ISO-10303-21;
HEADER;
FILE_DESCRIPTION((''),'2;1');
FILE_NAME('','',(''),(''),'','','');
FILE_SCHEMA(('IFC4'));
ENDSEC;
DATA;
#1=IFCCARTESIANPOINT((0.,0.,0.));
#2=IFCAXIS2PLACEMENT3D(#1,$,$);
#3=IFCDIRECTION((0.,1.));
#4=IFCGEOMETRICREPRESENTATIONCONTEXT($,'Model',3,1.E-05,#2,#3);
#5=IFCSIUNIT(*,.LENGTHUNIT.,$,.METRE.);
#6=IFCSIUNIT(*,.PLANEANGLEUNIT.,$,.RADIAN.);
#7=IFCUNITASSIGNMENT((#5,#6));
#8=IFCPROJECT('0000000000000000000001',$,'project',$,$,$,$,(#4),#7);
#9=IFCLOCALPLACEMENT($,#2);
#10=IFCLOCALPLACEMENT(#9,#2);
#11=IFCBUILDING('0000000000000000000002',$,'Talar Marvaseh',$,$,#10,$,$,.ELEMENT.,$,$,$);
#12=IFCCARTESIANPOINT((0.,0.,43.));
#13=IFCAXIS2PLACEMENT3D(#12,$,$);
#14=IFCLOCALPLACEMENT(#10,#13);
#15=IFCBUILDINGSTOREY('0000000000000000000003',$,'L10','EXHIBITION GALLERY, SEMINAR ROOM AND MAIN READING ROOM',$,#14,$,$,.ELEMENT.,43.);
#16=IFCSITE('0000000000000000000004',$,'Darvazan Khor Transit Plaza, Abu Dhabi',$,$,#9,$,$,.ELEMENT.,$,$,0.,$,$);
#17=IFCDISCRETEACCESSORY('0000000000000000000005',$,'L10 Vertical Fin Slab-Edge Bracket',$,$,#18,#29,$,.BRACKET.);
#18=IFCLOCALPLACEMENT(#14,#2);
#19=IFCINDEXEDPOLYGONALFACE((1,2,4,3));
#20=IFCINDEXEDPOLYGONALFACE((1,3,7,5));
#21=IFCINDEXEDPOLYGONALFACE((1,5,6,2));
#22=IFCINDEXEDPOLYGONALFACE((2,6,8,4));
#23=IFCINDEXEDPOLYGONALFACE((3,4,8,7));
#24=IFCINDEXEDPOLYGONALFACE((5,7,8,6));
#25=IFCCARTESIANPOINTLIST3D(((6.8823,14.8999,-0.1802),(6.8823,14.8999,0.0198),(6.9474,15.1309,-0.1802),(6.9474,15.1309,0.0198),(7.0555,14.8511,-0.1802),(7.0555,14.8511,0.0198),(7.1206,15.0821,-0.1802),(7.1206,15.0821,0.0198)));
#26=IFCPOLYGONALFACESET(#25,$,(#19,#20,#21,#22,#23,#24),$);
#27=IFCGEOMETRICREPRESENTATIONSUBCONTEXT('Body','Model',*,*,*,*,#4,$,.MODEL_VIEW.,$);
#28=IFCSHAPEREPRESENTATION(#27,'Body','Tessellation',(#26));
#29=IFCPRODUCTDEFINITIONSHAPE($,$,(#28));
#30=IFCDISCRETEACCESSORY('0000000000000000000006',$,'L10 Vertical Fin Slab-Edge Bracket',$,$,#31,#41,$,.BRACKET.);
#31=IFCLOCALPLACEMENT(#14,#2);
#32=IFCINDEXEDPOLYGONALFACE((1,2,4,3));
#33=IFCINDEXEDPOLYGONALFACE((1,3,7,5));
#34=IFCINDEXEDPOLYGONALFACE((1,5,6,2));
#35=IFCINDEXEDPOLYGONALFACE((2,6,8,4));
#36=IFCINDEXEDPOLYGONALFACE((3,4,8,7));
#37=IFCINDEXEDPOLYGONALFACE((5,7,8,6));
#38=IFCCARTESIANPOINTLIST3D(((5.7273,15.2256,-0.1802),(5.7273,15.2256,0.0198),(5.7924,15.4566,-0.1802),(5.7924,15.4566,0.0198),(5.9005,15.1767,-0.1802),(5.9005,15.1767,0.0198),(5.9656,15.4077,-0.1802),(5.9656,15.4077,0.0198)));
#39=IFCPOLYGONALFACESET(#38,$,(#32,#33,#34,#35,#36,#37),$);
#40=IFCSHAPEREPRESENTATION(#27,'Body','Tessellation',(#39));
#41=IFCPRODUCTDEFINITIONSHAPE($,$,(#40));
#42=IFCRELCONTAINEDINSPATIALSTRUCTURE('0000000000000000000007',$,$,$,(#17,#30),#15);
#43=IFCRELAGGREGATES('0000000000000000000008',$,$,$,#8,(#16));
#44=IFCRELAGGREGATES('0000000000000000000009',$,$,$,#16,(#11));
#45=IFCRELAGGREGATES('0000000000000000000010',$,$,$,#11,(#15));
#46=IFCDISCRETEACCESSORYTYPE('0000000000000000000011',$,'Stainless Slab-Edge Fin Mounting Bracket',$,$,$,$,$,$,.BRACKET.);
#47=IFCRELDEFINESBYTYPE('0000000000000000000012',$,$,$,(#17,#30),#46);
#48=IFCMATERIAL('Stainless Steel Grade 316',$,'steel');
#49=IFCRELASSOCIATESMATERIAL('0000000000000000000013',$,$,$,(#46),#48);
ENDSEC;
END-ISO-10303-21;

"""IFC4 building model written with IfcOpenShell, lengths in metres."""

from ifc_helpers import new_model, si_unit, direction, frame, origin, origin_2d, place, context, subcontext, project, spatial, rectangle, extrude, source, transform, mapped, material, type_object, type_shapes, element, save


model = new_model("IFC4")

# Units and contexts
model_context = context("Model", 3, precision=1e-05, world=origin(), true_north=direction((0.0, 1.0)))
body_context = subcontext(model_context, "Body", "Model", "MODEL_VIEW")
ifc_project = project(units=[si_unit("LENGTHUNIT", "METRE"), si_unit("PLANEANGLEUNIT", "RADIAN")], contexts=[model_context])

# Site, building, storey
site_placement = place(None, origin())
site = spatial("IfcSite", under=ifc_project, at=site_placement, Name="Darvazan Khor Transit Plaza, Abu Dhabi", CompositionType="ELEMENT", RefElevation=0.0)
building_placement = place(site_placement, origin())
building = spatial("IfcBuilding", under=site, at=building_placement, Name="Talar Marvaseh", CompositionType="ELEMENT")
storey_placement = place(building_placement, frame((0.0, 0.0, 43.0)))
storey = spatial("IfcBuildingStorey", under=building, at=storey_placement, Name="L10", Description="EXHIBITION GALLERY, SEMINAR ROOM AND MAIN READING ROOM", CompositionType="ELEMENT", Elevation=43.0)

# Discrete accessories
ifc_material_1 = material(Name="Stainless Steel Grade 316", Category="steel")
discrete_accessory_type = type_object("IfcDiscreteAccessoryType", Name="Stainless Slab-Edge Fin Mounting Bracket", PredefinedType="BRACKET", material=ifc_material_1)
shared_shape_1 = source(origin(), body_context, "Body", "SweptSolid", [
    extrude(rectangle(XDim=0.24, YDim=0.1799, at=origin_2d()), origin(), (0.0, 0.0, 1.0), 0.2),
])
type_shapes(discrete_accessory_type, [shared_shape_1])
for number, where, z_axis, x_axis, name in (
    (1, (7.0015, 14.991, -0.1802), (0.0, 0.0, 1.0), (-0.271272, -0.962503, 0.0), "L10 Vertical Fin Slab-Edge Bracket"),
    (2, (5.8464, 15.3167, -0.1802), (0.0, 0.0, 1.0), (-0.271272, -0.962503, 0.0), "L10 Vertical Fin Slab-Edge Bracket"),
):
    element("IfcDiscreteAccessory", number, at=place(storey_placement, frame(where, z_axis=z_axis, x_axis=x_axis)), inside=storey, type_object=discrete_accessory_type, Name=name, PredefinedType="BRACKET", context=body_context, shape_type="MappedRepresentation", body=[
        mapped(shared_shape_1, transform((0.0, 0.0, 0.0), x_axis=(1.0, 0.0, 0.0), y_axis=(0.0, 1.0, 0.0), z_axis=(0.0, 0.0, 1.0), scale=1.0)),
    ])

save(model, "model.ifc")
